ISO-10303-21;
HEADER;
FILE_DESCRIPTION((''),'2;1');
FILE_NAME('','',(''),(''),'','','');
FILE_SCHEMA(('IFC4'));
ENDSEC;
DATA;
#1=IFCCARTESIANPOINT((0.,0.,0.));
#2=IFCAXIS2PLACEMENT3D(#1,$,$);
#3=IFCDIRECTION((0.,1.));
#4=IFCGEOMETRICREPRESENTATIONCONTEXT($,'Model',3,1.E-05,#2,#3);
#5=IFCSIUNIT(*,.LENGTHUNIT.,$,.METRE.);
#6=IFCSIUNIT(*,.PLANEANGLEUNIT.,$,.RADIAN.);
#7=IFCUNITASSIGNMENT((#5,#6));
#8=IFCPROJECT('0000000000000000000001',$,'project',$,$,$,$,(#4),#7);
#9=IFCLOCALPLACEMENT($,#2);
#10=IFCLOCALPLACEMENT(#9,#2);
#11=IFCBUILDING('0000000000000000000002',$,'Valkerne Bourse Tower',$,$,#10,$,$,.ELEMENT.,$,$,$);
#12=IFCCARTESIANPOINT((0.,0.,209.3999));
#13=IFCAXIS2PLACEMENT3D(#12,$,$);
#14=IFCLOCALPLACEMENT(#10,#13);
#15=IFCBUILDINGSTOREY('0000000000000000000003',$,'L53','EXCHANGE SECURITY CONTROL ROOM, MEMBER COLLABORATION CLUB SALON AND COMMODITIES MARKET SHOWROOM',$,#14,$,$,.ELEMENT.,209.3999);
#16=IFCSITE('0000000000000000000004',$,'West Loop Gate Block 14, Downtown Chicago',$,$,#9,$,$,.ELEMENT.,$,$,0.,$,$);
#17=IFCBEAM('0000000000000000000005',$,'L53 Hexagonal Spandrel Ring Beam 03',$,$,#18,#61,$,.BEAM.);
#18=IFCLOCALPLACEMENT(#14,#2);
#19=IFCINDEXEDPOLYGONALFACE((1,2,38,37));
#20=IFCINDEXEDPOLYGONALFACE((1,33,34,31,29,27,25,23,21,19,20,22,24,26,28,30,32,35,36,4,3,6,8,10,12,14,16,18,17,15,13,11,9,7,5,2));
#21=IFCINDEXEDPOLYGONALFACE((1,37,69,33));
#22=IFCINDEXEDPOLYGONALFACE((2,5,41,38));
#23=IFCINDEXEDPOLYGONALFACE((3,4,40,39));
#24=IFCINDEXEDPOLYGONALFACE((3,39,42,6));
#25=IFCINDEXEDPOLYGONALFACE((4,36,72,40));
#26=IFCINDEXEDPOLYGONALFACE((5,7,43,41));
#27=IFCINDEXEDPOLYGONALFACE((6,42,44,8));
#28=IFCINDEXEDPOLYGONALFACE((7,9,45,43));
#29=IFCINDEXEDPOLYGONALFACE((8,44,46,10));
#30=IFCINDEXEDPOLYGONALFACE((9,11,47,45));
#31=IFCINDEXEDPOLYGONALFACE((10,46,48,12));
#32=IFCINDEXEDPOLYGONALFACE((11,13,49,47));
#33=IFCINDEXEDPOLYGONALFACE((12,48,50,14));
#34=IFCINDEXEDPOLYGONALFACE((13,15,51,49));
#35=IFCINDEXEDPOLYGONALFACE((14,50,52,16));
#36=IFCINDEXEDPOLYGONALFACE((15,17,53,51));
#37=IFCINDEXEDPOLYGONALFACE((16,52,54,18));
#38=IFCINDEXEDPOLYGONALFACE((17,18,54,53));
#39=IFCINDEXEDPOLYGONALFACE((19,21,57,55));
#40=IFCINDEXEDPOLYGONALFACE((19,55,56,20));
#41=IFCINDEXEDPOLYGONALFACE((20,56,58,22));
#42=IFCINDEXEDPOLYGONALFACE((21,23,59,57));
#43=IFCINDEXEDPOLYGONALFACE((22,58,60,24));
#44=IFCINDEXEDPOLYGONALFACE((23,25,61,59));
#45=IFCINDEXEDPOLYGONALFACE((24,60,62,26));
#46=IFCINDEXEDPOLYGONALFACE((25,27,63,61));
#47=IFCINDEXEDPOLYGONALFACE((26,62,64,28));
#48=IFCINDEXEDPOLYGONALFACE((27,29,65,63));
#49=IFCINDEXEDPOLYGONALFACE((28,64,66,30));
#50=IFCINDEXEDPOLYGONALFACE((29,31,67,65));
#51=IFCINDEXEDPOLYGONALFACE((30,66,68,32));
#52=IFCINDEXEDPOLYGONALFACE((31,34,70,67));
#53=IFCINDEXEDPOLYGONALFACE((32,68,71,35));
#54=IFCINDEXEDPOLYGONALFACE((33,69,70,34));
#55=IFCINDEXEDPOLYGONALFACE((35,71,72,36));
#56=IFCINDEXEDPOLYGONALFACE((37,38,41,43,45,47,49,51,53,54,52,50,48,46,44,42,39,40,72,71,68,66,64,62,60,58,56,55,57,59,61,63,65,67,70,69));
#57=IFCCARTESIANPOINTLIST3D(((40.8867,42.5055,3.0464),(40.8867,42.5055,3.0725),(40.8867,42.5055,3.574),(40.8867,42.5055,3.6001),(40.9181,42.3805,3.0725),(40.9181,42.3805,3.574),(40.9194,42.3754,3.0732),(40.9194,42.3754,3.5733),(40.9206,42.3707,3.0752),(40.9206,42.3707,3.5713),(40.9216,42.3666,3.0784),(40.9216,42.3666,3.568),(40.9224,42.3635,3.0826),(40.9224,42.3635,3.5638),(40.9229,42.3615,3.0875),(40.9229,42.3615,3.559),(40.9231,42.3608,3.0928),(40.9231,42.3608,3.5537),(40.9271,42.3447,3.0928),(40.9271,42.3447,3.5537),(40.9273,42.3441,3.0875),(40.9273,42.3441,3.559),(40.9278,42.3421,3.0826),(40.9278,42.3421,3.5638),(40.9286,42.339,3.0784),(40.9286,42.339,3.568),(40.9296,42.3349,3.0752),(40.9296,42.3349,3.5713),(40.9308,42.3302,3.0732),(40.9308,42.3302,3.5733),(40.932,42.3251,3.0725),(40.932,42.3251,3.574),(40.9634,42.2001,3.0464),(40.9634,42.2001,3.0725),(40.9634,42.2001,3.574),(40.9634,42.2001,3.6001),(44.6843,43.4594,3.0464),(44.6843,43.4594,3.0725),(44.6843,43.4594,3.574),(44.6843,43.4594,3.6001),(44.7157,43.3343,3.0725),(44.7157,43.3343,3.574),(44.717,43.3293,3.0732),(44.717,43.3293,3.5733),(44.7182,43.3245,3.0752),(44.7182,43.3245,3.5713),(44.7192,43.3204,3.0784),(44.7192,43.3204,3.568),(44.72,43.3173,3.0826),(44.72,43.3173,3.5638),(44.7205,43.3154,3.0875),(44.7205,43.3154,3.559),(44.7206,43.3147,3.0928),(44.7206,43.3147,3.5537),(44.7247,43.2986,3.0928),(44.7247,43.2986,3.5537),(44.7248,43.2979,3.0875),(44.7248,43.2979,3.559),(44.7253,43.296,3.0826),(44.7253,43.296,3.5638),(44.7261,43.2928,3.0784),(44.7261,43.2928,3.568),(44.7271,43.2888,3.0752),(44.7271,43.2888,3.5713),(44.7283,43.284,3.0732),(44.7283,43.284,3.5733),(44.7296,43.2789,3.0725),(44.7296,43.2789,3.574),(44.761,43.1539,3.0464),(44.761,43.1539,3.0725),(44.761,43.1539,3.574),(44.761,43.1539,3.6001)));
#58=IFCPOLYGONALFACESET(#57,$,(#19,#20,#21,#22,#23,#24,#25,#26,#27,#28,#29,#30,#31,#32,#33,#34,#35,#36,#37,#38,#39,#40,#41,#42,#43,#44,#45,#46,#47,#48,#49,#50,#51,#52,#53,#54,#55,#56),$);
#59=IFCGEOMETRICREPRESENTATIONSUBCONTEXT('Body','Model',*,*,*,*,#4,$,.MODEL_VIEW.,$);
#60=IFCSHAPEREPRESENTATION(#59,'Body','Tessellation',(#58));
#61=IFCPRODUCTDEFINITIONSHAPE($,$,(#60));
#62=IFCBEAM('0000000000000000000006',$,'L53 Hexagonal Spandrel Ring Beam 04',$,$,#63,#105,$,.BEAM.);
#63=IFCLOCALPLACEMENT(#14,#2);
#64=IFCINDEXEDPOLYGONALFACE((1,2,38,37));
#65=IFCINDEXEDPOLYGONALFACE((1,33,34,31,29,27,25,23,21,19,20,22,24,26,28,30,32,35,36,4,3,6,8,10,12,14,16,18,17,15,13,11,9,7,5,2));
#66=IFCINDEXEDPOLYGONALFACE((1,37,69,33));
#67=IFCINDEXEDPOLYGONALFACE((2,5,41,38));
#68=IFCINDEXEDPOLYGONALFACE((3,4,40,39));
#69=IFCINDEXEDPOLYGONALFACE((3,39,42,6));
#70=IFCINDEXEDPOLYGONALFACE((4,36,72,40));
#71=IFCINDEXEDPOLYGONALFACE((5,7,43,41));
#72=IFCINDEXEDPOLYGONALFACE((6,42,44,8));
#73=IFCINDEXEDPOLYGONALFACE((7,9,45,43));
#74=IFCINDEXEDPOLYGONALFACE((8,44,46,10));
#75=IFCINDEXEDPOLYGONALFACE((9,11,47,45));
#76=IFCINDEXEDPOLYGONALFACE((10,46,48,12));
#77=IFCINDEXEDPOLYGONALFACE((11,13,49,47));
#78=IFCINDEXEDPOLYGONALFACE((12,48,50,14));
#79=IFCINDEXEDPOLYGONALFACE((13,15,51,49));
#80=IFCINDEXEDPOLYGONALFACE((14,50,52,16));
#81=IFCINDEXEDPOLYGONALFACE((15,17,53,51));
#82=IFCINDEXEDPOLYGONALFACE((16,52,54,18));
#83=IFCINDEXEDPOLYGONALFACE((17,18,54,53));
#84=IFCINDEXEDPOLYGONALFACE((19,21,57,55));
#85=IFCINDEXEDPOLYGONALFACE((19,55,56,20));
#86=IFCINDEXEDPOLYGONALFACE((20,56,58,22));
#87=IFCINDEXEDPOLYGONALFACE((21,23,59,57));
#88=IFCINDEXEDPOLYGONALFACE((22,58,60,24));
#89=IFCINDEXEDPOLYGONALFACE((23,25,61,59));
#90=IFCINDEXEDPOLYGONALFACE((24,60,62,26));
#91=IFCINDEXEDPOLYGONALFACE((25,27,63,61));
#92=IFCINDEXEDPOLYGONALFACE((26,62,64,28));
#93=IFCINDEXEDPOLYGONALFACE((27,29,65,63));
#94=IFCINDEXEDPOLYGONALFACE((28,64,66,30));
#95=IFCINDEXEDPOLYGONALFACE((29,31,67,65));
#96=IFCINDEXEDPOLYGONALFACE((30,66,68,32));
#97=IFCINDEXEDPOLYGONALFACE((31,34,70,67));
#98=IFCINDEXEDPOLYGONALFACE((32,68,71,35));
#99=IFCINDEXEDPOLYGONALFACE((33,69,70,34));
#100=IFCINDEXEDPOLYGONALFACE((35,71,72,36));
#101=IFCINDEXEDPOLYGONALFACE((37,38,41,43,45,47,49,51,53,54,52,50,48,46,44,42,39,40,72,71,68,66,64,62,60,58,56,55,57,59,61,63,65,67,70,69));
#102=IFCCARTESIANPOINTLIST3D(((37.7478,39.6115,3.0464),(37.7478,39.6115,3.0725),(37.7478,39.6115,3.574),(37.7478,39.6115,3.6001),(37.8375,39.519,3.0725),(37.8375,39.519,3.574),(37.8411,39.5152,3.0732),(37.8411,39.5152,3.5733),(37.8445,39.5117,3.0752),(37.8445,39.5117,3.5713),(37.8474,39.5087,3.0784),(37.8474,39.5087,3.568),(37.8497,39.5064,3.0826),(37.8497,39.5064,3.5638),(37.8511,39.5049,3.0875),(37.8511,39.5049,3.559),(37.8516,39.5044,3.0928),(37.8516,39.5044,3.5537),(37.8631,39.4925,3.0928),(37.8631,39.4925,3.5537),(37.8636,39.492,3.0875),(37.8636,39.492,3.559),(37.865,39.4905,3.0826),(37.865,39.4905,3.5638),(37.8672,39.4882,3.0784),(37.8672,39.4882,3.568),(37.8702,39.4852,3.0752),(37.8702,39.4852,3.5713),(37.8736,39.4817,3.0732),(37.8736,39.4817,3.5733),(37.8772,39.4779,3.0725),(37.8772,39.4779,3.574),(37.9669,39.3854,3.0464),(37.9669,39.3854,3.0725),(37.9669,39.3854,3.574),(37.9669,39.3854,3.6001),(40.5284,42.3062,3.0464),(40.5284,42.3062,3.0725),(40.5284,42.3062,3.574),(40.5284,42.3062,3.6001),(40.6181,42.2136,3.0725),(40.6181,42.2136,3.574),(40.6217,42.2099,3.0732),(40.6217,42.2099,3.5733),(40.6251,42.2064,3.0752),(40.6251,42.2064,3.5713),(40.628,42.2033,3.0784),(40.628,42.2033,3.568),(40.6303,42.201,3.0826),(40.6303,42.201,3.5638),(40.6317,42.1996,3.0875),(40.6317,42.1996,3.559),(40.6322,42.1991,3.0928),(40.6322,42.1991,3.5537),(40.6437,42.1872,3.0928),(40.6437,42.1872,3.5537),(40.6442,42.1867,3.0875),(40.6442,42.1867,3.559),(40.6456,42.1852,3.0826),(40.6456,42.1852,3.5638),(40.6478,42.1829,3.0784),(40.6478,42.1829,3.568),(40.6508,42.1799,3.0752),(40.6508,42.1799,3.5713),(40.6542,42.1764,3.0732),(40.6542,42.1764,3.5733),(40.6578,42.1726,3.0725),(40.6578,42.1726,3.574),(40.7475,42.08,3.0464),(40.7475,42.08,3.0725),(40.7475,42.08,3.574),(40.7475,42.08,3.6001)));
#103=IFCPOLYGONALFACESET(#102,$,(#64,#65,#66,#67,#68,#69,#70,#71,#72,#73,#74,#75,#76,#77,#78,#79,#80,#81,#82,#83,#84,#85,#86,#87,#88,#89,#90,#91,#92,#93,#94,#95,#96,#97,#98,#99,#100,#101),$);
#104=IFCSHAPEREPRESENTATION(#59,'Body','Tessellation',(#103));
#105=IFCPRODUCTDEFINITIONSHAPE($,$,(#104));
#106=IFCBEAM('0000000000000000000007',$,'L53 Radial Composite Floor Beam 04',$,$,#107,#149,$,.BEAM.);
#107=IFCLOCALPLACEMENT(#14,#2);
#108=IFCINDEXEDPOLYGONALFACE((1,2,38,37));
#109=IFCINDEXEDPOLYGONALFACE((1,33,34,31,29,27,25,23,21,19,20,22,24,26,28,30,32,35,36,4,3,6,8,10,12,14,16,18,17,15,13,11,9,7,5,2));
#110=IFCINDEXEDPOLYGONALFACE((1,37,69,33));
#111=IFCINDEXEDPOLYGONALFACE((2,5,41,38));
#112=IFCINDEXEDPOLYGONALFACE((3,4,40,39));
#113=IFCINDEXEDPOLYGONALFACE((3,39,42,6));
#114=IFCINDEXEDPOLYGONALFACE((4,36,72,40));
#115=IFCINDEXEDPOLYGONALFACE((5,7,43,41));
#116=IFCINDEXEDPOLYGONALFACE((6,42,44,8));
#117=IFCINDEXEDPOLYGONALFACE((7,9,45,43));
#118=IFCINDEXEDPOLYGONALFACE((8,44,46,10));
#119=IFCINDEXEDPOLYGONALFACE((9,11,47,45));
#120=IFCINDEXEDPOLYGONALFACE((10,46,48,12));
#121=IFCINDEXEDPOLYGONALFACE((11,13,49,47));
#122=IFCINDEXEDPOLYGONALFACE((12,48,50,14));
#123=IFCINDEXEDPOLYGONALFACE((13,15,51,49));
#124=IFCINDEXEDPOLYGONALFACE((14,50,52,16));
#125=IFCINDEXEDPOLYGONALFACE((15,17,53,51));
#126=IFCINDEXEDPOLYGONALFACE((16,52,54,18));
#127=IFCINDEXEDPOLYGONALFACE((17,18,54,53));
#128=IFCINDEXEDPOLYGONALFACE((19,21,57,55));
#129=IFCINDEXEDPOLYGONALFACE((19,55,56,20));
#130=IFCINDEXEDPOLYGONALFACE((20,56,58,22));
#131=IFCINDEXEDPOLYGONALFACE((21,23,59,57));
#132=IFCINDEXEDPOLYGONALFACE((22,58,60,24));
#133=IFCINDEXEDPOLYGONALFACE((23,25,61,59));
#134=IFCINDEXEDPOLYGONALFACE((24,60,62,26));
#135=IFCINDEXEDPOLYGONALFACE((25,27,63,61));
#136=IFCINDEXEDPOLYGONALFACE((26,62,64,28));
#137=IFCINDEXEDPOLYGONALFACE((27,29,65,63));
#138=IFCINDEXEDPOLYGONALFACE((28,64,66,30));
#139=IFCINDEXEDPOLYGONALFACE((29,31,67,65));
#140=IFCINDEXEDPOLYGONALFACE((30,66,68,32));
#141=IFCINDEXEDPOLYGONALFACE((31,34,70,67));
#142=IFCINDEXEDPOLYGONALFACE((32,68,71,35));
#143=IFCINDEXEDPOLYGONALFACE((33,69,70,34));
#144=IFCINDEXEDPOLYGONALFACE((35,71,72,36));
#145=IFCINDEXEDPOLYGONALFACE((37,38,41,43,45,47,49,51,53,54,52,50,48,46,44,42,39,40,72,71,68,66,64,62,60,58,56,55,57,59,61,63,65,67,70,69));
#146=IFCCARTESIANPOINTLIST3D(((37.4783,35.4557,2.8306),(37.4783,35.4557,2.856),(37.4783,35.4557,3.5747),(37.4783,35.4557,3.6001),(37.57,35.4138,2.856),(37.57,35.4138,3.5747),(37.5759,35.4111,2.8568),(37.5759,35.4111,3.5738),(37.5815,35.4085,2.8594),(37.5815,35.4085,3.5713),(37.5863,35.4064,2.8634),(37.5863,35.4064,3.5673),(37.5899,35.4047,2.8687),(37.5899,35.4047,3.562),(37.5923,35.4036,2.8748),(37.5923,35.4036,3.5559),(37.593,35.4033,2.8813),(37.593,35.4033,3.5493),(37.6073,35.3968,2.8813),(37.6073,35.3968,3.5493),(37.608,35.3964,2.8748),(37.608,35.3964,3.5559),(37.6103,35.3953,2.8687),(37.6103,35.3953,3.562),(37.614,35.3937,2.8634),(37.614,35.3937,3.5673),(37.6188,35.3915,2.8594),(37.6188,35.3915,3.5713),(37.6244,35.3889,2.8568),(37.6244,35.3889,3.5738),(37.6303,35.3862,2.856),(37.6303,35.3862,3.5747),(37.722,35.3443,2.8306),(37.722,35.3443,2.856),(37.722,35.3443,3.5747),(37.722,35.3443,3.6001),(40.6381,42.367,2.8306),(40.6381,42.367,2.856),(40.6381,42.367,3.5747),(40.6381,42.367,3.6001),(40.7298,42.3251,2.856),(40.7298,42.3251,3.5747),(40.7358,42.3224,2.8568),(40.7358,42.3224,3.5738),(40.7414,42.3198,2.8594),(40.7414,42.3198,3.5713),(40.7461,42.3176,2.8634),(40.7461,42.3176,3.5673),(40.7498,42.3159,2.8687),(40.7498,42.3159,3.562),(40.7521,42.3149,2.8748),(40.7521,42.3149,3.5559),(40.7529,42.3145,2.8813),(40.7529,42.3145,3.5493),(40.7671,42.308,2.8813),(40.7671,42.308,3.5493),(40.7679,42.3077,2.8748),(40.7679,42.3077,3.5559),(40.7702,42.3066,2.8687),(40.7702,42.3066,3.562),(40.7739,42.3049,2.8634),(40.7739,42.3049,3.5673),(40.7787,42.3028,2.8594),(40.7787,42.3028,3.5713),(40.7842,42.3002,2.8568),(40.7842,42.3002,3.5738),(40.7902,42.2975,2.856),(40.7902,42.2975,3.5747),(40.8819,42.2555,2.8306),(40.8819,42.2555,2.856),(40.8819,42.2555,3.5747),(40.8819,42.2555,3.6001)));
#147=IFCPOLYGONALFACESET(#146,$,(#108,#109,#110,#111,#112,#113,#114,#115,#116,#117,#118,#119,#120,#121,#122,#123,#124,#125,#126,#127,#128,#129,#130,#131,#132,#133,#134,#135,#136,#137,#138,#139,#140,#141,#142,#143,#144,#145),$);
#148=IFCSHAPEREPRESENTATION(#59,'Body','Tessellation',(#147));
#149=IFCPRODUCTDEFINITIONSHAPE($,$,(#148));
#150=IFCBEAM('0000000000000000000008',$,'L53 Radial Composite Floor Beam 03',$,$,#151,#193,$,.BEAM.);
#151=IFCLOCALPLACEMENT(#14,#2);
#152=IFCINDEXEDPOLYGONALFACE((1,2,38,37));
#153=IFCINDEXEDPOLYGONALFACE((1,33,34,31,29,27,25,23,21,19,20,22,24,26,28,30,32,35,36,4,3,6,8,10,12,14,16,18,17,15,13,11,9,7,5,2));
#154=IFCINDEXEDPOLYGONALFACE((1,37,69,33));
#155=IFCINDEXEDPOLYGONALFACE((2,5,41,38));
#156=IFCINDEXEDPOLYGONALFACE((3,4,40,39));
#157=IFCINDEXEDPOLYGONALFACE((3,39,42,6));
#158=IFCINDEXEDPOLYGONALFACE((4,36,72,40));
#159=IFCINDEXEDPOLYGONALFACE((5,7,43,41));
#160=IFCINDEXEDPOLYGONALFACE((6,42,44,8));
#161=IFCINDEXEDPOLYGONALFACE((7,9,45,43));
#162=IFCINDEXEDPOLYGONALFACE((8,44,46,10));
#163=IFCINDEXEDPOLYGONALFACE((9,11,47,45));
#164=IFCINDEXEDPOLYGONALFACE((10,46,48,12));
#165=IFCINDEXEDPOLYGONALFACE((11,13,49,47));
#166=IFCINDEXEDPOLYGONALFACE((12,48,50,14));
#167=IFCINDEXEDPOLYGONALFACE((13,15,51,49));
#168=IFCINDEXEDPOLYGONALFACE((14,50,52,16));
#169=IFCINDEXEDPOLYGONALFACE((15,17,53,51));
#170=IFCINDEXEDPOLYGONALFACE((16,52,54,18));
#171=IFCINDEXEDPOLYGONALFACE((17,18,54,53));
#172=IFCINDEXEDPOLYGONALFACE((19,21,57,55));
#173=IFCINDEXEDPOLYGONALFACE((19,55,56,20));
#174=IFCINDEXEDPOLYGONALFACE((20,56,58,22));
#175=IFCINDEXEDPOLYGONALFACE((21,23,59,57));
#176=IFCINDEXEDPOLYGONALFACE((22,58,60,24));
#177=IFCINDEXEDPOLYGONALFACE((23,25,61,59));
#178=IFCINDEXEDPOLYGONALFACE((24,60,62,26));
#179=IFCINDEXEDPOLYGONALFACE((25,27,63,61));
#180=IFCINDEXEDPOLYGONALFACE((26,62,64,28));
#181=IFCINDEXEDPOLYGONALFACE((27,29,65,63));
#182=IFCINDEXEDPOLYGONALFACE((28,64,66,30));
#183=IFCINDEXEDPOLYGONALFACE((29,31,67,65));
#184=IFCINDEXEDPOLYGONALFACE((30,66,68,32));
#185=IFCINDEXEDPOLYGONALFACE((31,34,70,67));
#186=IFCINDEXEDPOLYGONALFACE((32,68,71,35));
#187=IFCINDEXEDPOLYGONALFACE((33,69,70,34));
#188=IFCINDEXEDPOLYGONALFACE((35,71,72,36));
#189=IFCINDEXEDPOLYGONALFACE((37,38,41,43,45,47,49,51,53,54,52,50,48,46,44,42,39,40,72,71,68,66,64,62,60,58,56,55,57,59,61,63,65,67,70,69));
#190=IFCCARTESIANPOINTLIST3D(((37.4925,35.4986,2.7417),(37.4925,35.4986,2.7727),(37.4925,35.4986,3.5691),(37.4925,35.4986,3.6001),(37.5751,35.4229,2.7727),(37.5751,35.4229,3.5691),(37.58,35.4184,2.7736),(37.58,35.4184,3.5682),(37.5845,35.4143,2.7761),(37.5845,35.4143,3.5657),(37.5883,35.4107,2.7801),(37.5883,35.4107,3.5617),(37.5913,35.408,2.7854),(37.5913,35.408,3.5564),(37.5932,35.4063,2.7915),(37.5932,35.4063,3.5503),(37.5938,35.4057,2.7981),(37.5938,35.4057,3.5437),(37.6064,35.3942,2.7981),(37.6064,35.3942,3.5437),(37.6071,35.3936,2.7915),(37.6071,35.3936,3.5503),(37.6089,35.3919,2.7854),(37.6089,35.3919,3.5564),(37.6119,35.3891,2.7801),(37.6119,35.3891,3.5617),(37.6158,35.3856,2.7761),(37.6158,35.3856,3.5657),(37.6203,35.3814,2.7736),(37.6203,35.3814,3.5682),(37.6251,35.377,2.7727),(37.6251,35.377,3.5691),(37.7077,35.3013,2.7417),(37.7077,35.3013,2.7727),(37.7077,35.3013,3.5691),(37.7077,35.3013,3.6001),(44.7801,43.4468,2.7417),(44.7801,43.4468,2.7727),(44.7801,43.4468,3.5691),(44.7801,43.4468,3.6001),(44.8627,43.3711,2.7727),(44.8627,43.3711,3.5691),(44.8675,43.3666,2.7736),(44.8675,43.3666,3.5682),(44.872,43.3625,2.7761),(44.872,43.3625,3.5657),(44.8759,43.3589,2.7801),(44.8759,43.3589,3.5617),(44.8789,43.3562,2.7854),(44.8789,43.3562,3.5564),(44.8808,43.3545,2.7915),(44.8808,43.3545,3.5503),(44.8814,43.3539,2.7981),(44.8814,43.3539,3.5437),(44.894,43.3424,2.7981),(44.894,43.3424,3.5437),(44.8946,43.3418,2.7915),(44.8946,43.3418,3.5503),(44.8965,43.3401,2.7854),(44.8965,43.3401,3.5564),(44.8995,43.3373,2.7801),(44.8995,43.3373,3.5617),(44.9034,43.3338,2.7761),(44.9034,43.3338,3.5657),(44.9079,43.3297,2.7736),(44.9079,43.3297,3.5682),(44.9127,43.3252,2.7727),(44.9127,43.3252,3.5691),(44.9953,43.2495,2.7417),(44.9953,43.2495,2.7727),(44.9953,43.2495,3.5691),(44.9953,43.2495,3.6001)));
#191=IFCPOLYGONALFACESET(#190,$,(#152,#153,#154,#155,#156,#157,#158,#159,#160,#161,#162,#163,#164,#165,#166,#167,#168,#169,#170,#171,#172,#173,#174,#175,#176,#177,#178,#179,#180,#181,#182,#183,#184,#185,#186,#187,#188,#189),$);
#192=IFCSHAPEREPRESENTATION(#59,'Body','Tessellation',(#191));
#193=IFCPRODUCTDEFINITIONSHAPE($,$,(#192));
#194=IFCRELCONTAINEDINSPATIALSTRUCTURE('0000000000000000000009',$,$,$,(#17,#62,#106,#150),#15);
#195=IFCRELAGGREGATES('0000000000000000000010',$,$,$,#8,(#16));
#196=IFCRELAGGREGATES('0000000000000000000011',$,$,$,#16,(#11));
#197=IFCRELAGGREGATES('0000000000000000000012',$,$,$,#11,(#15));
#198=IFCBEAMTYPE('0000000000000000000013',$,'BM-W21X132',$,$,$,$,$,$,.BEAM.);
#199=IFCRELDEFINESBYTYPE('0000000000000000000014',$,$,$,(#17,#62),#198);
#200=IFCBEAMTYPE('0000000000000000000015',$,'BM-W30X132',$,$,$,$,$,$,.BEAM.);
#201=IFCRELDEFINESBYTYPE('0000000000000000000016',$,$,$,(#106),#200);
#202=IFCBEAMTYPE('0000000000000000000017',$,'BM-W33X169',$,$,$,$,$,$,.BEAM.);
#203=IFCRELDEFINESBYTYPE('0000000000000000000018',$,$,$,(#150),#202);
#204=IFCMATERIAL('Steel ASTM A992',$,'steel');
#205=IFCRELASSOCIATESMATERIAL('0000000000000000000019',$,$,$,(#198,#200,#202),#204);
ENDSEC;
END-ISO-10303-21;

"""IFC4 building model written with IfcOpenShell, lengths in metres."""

from ifc_helpers import new_model, si_unit, direction, frame, origin, origin_2d, place, context, subcontext, project, spatial, i_section, extrude, material, material_profile, profile_set, type_object, element, save


model = new_model("IFC4")

# Units and contexts
model_context = context("Model", 3, precision=1e-05, world=origin(), true_north=direction((0.0, 1.0)))
body_context = subcontext(model_context, "Body", "Model", "MODEL_VIEW")
ifc_project = project(units=[si_unit("LENGTHUNIT", "METRE"), si_unit("PLANEANGLEUNIT", "RADIAN")], contexts=[model_context])

# Site, building, storey
site_placement = place(None, origin())
site = spatial("IfcSite", under=ifc_project, at=site_placement, Name="West Loop Gate Block 14, Downtown Chicago", CompositionType="ELEMENT", RefElevation=0.0)
building_placement = place(site_placement, origin())
building = spatial("IfcBuilding", under=site, at=building_placement, Name="Valkerne Bourse Tower", CompositionType="ELEMENT")
storey_placement = place(building_placement, frame((0.0, 0.0, 209.3999)))
storey = spatial("IfcBuildingStorey", under=building, at=storey_placement, Name="L53", Description="EXCHANGE SECURITY CONTROL ROOM, MEMBER COLLABORATION CLUB SALON AND COMMODITIES MARKET SHOWROOM", CompositionType="ELEMENT", Elevation=209.3999)

# Beams
ifc_material_1 = material(Name="Steel ASTM A992", Category="steel")
ifc_material_profile_1 = material_profile(ifc_material_1, i_section(OverallWidth=0.3149, OverallDepth=0.5537, WebThickness=0.0166, FlangeThickness=0.0261, FilletRadius=0.0203, at=origin_2d()), Name="W21X132")
ifc_profile_set_1 = profile_set([ifc_material_profile_1], Name="Steel ASTM A992")
beam_type_1 = type_object("IfcBeamType", Name="BM-W21X132", PredefinedType="BEAM", material=ifc_profile_set_1)
beam_1_placement = place(storey_placement, frame((44.7227, 43.3066, 3.3232), z_axis=(-0.969874, -0.243606, 0.0), x_axis=(0.243606, -0.969874, 0.0)))
element("IfcBeam", 1, at=beam_1_placement, inside=storey, type_object=beam_type_1, Name="L53 Hexagonal Spandrel Ring Beam 03", PredefinedType="BEAM", context=body_context, shape_type="SweptSolid", body=[
    extrude(i_section(OverallWidth=0.3149, OverallDepth=0.5537, WebThickness=0.0166, FlangeThickness=0.0261, FilletRadius=0.0203, at=origin_2d()), origin(), (0.0, 0.0, 1.0), 3.9155),
])
beam_2_placement = place(storey_placement, frame((40.6379, 42.1931, 3.3232), z_axis=(-0.718117, -0.695922, 0.0), x_axis=(0.695922, -0.718117, 0.0)))
element("IfcBeam", 2, at=beam_2_placement, inside=storey, type_object=beam_type_1, Name="L53 Hexagonal Spandrel Ring Beam 04", PredefinedType="BEAM", context=body_context, shape_type="SweptSolid", body=[
    extrude(i_section(OverallWidth=0.3149, OverallDepth=0.5537, WebThickness=0.0166, FlangeThickness=0.0261, FilletRadius=0.0203, at=origin_2d()), origin(), (0.0, 0.0, 1.0), 3.8721),
])
ifc_material_profile_2 = material_profile(ifc_material_1, i_section(OverallWidth=0.2681, OverallDepth=0.7695, WebThickness=0.0156, FlangeThickness=0.0254, FilletRadius=0.0254, at=origin_2d()), Name="W30X132")
ifc_profile_set_2 = profile_set([ifc_material_profile_2], Name="Steel ASTM A992")
beam_type_2 = type_object("IfcBeamType", Name="BM-W30X132", PredefinedType="BEAM", material=ifc_profile_set_2)
beam_3_placement = place(storey_placement, frame((40.76, 42.3113, 3.2153), z_axis=(-0.415806, -0.909453, 0.0), x_axis=(0.909453, -0.415806, 0.0)))
element("IfcBeam", 3, at=beam_3_placement, inside=storey, type_object=beam_type_2, Name="L53 Radial Composite Floor Beam 04", PredefinedType="BEAM", context=body_context, shape_type="SweptSolid", body=[
    extrude(i_section(OverallWidth=0.2681, OverallDepth=0.7695, WebThickness=0.0156, FlangeThickness=0.0254, FilletRadius=0.0254, at=origin_2d()), origin(), (0.0, 0.0, 1.0), 7.5994),
])
ifc_material_profile_3 = material_profile(ifc_material_1, i_section(OverallWidth=0.292, OverallDepth=0.8584, WebThickness=0.0171, FlangeThickness=0.031, FilletRadius=0.0254, at=origin_2d()), Name="W33X169")
ifc_profile_set_3 = profile_set([ifc_material_profile_3], Name="Steel ASTM A992")
beam_type_3 = type_object("IfcBeamType", Name="BM-W33X169", PredefinedType="BEAM", material=ifc_profile_set_3)
beam_4_placement = place(storey_placement, frame((44.8877, 43.3481, 3.1709), z_axis=(-0.675811, -0.737075, 0.0), x_axis=(0.737075, -0.675811, 0.0)))
element("IfcBeam", 4, at=beam_4_placement, inside=storey, type_object=beam_type_3, Name="L53 Radial Composite Floor Beam 03", PredefinedType="BEAM", context=body_context, shape_type="SweptSolid", body=[
    extrude(i_section(OverallWidth=0.292, OverallDepth=0.8584, WebThickness=0.0171, FlangeThickness=0.031, FilletRadius=0.0254, at=origin_2d()), origin(), (0.0, 0.0, 1.0), 10.7834),
])

save(model, "model.ifc")
